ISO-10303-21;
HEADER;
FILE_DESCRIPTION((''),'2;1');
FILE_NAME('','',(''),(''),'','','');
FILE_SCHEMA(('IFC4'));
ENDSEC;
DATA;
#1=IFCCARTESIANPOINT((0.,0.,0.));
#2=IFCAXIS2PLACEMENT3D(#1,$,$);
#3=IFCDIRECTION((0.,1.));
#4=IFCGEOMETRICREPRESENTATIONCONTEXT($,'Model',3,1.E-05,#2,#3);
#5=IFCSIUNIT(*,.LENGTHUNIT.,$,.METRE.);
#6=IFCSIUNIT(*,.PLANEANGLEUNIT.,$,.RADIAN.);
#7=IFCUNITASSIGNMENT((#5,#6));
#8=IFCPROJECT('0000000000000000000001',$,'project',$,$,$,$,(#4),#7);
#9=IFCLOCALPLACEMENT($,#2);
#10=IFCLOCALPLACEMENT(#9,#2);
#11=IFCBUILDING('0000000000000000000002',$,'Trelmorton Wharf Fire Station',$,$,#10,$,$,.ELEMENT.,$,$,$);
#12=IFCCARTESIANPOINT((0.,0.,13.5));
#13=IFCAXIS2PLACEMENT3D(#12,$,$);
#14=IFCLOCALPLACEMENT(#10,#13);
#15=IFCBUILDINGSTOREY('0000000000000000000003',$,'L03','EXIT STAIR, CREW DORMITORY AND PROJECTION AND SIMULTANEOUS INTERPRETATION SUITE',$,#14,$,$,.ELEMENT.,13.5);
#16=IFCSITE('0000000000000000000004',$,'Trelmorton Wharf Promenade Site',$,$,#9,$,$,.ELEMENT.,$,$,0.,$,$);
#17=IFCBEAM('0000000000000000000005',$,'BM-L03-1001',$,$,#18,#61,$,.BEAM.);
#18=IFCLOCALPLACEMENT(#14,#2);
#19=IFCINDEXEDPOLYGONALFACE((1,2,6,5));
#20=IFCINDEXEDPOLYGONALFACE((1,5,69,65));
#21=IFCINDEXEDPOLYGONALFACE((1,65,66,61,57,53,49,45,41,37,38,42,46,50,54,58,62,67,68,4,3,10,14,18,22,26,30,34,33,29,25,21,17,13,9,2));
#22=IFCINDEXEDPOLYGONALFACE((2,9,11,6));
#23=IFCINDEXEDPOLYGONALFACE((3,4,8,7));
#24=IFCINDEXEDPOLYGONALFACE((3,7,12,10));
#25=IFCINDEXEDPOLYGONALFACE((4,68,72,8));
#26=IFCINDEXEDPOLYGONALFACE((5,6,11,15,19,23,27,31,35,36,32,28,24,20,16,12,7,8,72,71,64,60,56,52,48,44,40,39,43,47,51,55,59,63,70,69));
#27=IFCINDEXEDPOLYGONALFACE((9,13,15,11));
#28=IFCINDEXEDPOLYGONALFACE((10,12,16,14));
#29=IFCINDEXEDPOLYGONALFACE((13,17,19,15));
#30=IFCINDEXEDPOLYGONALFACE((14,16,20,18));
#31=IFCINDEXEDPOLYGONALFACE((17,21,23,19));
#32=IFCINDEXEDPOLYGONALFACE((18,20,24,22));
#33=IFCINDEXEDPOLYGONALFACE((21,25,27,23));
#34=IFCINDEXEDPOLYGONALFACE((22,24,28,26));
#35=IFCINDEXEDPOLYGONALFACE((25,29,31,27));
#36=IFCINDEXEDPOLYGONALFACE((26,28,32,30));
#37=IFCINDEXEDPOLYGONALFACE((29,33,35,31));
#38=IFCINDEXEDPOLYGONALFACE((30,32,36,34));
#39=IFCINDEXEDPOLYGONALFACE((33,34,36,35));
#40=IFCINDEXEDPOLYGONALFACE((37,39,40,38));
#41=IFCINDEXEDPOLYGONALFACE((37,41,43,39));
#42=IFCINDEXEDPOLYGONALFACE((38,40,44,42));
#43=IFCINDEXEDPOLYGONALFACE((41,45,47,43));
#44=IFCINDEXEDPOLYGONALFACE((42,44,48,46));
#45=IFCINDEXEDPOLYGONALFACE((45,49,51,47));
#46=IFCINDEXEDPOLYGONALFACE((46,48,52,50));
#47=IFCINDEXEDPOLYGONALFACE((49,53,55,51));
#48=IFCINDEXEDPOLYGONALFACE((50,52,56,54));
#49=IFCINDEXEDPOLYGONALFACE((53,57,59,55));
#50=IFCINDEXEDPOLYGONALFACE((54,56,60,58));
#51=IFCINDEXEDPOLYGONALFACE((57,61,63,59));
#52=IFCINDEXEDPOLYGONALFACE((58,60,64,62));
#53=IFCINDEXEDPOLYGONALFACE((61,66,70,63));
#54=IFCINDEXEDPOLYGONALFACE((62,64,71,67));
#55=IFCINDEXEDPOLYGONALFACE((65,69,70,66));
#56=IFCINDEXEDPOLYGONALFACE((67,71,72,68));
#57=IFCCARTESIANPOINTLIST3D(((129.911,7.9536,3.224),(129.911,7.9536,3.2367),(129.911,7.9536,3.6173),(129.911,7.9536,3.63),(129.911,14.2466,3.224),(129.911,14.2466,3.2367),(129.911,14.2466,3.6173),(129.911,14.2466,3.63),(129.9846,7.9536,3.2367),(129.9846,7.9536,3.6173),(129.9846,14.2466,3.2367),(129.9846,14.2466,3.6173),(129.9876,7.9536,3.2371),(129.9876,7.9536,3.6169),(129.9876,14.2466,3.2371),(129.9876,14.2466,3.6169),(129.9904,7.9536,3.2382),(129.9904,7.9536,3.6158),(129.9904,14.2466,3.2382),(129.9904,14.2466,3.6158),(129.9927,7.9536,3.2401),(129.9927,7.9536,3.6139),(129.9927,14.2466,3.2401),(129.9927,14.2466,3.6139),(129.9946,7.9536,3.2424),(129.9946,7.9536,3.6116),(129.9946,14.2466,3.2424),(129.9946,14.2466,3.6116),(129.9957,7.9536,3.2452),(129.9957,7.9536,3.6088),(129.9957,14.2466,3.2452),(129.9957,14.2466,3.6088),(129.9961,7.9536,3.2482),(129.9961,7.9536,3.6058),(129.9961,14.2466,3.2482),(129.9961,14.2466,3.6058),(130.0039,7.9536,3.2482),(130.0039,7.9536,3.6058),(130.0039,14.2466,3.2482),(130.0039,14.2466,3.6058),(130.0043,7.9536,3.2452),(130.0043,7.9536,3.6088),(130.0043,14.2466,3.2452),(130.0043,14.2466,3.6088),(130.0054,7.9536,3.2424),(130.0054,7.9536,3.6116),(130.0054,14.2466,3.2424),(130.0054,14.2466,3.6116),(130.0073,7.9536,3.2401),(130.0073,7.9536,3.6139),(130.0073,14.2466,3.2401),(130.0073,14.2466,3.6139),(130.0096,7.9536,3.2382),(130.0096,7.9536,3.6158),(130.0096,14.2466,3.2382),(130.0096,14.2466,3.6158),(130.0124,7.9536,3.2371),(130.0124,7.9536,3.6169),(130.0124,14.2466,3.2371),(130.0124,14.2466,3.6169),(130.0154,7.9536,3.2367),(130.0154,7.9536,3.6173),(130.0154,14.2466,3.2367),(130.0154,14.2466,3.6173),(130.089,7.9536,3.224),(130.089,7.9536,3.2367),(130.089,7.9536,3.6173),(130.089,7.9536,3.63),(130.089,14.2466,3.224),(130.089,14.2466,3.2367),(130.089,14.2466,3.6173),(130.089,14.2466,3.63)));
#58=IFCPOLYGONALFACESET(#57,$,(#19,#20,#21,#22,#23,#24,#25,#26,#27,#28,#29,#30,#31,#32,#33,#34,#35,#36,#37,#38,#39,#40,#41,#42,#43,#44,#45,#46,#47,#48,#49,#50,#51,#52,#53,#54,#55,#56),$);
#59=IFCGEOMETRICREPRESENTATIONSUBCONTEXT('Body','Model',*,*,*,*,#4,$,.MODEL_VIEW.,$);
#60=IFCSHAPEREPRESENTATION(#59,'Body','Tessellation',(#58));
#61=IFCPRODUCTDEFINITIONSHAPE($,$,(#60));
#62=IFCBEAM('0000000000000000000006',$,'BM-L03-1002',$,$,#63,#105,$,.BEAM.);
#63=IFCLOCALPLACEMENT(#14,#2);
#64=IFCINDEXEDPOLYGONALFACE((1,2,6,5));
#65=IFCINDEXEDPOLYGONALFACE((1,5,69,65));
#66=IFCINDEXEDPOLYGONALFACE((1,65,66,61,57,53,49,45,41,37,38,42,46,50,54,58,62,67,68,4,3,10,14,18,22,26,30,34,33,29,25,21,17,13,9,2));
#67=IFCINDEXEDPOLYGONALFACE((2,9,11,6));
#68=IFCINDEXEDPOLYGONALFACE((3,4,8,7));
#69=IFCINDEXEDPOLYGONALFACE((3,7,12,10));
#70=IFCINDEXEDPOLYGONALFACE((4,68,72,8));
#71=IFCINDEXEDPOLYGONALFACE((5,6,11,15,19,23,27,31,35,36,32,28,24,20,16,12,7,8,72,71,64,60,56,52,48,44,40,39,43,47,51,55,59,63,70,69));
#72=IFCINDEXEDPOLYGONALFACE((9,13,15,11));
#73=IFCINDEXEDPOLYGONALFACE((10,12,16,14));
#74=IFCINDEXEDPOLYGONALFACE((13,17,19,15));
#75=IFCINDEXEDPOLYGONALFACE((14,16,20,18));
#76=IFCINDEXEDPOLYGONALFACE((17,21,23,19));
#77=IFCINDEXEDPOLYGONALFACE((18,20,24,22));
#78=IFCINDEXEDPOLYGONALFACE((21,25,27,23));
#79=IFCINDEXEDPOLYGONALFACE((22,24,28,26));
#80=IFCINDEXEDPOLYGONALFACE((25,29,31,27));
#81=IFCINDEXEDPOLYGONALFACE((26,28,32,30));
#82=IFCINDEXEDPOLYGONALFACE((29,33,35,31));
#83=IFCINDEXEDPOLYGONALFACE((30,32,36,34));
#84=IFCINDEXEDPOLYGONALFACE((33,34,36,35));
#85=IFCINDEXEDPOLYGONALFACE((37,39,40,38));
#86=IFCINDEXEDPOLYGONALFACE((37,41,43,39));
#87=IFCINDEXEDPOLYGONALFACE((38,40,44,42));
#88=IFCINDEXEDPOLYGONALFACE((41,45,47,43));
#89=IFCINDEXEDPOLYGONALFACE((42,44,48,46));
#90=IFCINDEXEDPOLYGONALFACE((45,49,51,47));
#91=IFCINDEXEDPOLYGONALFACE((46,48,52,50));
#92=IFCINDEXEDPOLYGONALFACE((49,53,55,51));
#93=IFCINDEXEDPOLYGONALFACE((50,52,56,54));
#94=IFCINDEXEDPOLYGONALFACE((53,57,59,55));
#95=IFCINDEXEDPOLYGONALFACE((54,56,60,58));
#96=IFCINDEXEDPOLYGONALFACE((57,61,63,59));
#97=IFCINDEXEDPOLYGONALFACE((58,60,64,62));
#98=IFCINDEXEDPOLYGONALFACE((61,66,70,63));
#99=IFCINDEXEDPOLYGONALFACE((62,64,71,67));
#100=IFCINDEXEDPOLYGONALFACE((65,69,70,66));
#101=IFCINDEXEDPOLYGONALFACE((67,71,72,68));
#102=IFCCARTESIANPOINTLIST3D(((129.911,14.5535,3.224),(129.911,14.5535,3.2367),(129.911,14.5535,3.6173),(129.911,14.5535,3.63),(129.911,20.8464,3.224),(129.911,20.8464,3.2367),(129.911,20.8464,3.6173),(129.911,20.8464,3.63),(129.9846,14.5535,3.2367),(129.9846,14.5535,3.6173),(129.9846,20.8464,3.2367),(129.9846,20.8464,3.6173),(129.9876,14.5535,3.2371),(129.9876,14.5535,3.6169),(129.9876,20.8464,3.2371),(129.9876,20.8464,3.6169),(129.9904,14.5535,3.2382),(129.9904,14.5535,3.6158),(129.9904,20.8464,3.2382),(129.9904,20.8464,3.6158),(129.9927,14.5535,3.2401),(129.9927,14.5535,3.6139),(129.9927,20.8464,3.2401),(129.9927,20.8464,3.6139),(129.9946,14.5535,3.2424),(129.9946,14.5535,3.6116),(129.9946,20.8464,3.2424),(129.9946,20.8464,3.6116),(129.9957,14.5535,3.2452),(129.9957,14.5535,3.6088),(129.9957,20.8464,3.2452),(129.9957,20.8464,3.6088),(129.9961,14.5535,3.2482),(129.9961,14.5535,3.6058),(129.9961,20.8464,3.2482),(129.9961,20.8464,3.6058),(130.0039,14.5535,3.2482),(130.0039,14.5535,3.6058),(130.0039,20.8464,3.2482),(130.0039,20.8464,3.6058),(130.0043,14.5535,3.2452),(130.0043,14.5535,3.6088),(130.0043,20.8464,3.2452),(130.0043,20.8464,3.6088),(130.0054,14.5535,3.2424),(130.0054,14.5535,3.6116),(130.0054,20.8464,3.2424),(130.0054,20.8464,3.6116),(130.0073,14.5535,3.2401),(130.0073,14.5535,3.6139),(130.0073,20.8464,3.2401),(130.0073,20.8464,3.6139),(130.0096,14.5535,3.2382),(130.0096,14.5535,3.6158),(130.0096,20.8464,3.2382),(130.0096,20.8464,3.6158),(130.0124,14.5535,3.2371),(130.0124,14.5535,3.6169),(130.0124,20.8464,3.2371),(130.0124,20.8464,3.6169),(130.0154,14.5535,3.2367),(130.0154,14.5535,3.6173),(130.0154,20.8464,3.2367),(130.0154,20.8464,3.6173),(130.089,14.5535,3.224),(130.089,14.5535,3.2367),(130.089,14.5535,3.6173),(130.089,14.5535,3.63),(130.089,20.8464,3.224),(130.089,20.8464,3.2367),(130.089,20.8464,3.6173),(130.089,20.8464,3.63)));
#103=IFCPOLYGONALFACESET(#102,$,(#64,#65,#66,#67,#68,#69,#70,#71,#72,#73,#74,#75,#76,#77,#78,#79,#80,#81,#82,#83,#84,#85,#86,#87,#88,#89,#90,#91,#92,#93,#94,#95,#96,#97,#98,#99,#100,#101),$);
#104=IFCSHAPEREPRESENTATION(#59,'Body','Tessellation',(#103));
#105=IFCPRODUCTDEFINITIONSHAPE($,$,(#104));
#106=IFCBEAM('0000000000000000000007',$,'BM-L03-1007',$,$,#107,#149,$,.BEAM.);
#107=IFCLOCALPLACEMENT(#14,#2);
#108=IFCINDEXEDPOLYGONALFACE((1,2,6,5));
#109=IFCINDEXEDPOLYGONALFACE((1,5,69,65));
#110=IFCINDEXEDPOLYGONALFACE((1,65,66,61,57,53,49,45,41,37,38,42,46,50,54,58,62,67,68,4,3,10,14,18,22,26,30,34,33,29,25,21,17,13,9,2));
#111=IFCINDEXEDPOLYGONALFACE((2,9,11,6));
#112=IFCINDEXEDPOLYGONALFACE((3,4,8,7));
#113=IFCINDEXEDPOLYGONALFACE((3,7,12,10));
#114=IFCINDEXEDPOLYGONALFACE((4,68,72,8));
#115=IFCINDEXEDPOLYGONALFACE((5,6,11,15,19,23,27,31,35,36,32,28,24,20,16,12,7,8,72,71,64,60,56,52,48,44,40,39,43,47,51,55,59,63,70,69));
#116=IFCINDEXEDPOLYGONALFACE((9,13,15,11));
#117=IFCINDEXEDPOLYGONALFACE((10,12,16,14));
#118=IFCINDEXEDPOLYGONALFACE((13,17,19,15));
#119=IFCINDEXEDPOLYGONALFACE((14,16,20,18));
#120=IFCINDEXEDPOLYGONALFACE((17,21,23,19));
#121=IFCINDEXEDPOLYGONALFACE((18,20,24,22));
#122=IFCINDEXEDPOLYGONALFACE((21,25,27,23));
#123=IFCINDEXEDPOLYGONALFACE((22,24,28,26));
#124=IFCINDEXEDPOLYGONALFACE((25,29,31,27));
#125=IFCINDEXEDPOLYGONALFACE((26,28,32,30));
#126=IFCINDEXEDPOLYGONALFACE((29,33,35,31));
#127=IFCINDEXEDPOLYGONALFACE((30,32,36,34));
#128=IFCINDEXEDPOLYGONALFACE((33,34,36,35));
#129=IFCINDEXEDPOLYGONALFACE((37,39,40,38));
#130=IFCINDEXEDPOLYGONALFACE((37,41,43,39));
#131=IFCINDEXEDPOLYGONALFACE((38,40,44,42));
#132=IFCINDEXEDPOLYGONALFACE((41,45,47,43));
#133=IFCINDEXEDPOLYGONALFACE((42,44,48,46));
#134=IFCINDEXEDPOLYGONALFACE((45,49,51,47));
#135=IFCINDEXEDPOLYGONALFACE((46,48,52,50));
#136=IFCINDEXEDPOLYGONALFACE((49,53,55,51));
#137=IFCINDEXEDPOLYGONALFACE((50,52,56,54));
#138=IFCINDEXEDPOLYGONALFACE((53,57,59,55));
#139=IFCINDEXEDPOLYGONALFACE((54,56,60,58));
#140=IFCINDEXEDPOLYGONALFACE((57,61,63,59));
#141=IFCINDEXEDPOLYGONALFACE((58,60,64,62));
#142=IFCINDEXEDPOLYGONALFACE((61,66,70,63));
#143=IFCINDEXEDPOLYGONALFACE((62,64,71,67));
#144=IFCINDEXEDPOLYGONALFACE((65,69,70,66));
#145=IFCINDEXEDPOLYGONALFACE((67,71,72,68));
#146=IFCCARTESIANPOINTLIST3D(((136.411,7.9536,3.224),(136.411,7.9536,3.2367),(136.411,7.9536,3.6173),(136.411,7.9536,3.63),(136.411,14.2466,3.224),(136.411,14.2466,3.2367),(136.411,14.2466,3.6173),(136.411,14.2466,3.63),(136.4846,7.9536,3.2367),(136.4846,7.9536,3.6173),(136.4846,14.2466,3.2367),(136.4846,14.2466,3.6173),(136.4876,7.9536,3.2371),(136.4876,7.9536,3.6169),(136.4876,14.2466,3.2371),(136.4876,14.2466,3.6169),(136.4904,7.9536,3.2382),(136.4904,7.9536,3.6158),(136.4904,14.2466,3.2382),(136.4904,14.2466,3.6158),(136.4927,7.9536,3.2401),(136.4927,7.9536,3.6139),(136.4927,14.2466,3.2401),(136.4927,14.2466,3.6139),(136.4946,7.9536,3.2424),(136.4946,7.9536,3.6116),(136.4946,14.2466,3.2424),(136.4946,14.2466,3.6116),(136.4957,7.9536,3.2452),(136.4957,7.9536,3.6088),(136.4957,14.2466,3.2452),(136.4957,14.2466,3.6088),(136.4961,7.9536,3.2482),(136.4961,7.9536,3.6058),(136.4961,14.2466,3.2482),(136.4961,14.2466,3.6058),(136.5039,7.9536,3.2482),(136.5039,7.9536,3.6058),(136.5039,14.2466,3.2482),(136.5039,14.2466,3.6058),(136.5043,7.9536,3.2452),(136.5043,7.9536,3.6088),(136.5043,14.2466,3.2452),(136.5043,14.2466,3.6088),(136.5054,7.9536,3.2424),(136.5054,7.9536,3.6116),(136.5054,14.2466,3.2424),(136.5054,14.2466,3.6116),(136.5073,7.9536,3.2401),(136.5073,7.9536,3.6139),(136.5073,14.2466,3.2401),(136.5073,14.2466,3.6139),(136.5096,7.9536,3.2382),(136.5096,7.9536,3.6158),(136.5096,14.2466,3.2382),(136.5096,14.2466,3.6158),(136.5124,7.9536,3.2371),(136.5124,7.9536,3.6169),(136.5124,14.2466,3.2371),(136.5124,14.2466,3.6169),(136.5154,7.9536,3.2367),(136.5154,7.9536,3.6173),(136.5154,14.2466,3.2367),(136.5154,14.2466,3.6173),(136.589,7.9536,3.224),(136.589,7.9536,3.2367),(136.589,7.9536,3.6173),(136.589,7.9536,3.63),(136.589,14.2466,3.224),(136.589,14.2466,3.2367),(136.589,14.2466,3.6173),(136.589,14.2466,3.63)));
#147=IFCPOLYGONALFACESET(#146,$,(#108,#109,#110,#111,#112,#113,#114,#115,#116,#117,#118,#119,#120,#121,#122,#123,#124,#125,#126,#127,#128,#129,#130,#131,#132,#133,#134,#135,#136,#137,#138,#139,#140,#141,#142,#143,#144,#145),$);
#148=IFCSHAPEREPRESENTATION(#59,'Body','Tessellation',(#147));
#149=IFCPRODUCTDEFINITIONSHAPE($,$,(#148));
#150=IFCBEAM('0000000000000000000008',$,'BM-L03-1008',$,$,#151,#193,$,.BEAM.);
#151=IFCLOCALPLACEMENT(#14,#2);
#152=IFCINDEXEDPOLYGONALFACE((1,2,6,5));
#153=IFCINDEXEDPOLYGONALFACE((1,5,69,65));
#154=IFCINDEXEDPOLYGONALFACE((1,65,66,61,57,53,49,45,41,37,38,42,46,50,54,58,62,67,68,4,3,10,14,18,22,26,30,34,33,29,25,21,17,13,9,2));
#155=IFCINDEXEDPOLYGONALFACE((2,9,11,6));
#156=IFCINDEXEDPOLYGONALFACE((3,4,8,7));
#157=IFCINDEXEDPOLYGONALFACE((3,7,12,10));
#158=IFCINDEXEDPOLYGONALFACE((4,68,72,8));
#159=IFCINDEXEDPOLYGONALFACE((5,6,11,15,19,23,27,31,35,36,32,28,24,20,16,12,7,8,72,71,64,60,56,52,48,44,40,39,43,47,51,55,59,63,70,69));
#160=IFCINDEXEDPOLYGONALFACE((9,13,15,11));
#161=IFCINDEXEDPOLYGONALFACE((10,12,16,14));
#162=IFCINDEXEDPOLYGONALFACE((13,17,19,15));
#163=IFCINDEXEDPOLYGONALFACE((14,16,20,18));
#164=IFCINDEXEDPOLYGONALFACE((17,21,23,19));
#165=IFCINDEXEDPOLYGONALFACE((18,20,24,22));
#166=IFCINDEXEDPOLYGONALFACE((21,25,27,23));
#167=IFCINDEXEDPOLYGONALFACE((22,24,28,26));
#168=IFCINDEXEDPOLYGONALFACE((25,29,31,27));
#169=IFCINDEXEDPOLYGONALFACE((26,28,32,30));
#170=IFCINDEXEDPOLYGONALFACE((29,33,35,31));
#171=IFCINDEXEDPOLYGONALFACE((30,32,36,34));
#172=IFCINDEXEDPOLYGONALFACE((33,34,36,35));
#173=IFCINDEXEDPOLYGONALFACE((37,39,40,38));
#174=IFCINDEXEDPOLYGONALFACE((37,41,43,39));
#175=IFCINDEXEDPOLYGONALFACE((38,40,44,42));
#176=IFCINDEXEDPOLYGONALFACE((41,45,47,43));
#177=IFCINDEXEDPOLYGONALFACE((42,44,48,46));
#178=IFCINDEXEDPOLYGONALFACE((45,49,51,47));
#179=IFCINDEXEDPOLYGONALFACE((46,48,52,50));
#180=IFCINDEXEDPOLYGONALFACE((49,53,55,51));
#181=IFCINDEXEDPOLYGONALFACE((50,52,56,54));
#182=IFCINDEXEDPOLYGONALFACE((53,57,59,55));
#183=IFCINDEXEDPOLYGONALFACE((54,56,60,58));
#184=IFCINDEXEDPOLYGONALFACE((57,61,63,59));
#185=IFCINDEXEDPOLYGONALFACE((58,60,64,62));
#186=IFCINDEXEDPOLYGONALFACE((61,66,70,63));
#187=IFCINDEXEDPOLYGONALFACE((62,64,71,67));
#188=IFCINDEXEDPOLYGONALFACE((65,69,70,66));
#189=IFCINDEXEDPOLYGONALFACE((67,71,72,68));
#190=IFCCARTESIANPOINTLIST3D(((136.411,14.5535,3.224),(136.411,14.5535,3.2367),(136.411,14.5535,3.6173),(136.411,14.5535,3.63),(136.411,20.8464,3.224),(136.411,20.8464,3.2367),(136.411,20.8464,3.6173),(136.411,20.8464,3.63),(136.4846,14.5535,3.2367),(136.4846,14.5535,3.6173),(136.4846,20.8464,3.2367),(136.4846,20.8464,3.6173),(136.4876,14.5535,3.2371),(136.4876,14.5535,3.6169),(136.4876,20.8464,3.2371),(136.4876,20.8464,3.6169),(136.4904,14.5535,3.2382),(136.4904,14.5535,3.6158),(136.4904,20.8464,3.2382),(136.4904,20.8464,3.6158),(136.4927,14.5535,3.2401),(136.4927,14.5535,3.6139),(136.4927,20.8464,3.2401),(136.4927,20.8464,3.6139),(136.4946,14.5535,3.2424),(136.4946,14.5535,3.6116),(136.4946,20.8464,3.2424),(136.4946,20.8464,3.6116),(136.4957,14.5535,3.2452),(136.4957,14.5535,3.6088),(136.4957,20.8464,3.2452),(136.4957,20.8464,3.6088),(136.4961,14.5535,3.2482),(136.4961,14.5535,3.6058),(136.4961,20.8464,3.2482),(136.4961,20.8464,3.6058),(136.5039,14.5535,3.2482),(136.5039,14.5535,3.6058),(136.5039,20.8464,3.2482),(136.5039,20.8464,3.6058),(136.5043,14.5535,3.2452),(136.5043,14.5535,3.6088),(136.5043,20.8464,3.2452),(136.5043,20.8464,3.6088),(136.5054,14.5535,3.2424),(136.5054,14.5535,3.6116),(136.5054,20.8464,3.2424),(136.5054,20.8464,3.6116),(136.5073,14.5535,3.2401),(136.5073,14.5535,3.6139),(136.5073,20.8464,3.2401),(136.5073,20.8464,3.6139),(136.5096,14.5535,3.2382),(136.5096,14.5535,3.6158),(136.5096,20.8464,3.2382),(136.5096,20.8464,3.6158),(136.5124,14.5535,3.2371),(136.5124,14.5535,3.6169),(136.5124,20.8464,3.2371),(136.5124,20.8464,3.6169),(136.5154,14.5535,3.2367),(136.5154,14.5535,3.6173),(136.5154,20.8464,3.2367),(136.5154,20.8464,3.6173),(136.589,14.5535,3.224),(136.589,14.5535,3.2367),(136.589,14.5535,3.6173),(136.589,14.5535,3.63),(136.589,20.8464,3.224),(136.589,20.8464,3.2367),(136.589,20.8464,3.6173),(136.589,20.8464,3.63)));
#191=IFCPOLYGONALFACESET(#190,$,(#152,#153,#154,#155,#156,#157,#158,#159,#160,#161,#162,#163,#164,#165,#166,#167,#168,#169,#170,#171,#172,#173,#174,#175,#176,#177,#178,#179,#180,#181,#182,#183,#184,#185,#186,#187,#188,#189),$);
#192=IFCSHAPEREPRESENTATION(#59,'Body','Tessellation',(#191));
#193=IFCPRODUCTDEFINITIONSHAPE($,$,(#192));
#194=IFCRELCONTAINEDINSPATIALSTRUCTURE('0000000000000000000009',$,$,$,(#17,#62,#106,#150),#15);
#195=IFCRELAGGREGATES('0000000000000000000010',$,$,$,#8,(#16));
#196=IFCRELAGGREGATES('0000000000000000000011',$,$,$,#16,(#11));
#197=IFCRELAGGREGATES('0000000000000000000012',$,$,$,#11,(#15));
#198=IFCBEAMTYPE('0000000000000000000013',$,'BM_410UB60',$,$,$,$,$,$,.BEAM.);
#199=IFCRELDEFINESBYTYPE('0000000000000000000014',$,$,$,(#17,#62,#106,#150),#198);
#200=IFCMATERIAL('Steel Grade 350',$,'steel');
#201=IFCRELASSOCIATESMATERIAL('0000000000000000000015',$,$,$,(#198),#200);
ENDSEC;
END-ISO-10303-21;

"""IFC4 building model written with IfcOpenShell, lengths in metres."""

from ifc_helpers import new_model, si_unit, direction, frame, origin, origin_2d, place, context, subcontext, project, spatial, i_section, extrude, material, material_profile, profile_set, type_object, element, save


model = new_model("IFC4")

# Units and contexts
model_context = context("Model", 3, precision=1e-05, world=origin(), true_north=direction((0.0, 1.0)))
body_context = subcontext(model_context, "Body", "Model", "MODEL_VIEW")
ifc_project = project(units=[si_unit("LENGTHUNIT", "METRE"), si_unit("PLANEANGLEUNIT", "RADIAN")], contexts=[model_context])

# Site, building, storey
site_placement = place(None, origin())
site = spatial("IfcSite", under=ifc_project, at=site_placement, Name="Trelmorton Wharf Promenade Site", CompositionType="ELEMENT", RefElevation=0.0)
building_placement = place(site_placement, origin())
building = spatial("IfcBuilding", under=site, at=building_placement, Name="Trelmorton Wharf Fire Station", CompositionType="ELEMENT")
storey_placement = place(building_placement, frame((0.0, 0.0, 13.5)))
storey = spatial("IfcBuildingStorey", under=building, at=storey_placement, Name="L03", Description="EXIT STAIR, CREW DORMITORY AND PROJECTION AND SIMULTANEOUS INTERPRETATION SUITE", CompositionType="ELEMENT", Elevation=13.5)

# Shared definitions
ifc_material_1 = material(Name="Steel Grade 350", Category="steel")

# Beams
ifc_material_profile_1 = material_profile(ifc_material_1, i_section(OverallWidth=0.178, OverallDepth=0.406, WebThickness=0.0078, FlangeThickness=0.0127, FilletRadius=0.0115, at=origin_2d()), Name="410UB59.7")
ifc_profile_set_1 = profile_set([ifc_material_profile_1], Name="Steel Grade 350")
beam_type_1 = type_object("IfcBeamType", Name="BM_410UB60", PredefinedType="BEAM", material=ifc_profile_set_1)
for number, where, z_axis, x_axis, name in (
    (1, (130.0, 7.9536, 3.427), (0.0, 1.0, 0.0), (-1.0, 0.0, 0.0), "BM-L03-1001"),
    (2, (130.0, 14.5535, 3.427), (0.0, 1.0, 0.0), (-1.0, 0.0, 0.0), "BM-L03-1002"),
    (3, (136.5, 7.9536, 3.427), (0.0, 1.0, 0.0), (-1.0, 0.0, 0.0), "BM-L03-1007"),
    (4, (136.5, 14.5535, 3.427), (0.0, 1.0, 0.0), (-1.0, 0.0, 0.0), "BM-L03-1008"),
):
    element("IfcBeam", number, at=place(storey_placement, frame(where, z_axis=z_axis, x_axis=x_axis)), inside=storey, type_object=beam_type_1, Name=name, PredefinedType="BEAM", context=body_context, shape_type="SweptSolid", body=[
        extrude(i_section(OverallWidth=0.178, OverallDepth=0.406, WebThickness=0.0078, FlangeThickness=0.0127, FilletRadius=0.0115, at=origin_2d()), origin(), (0.0, 0.0, 1.0), 6.293),
    ])

save(model, "model.ifc")
